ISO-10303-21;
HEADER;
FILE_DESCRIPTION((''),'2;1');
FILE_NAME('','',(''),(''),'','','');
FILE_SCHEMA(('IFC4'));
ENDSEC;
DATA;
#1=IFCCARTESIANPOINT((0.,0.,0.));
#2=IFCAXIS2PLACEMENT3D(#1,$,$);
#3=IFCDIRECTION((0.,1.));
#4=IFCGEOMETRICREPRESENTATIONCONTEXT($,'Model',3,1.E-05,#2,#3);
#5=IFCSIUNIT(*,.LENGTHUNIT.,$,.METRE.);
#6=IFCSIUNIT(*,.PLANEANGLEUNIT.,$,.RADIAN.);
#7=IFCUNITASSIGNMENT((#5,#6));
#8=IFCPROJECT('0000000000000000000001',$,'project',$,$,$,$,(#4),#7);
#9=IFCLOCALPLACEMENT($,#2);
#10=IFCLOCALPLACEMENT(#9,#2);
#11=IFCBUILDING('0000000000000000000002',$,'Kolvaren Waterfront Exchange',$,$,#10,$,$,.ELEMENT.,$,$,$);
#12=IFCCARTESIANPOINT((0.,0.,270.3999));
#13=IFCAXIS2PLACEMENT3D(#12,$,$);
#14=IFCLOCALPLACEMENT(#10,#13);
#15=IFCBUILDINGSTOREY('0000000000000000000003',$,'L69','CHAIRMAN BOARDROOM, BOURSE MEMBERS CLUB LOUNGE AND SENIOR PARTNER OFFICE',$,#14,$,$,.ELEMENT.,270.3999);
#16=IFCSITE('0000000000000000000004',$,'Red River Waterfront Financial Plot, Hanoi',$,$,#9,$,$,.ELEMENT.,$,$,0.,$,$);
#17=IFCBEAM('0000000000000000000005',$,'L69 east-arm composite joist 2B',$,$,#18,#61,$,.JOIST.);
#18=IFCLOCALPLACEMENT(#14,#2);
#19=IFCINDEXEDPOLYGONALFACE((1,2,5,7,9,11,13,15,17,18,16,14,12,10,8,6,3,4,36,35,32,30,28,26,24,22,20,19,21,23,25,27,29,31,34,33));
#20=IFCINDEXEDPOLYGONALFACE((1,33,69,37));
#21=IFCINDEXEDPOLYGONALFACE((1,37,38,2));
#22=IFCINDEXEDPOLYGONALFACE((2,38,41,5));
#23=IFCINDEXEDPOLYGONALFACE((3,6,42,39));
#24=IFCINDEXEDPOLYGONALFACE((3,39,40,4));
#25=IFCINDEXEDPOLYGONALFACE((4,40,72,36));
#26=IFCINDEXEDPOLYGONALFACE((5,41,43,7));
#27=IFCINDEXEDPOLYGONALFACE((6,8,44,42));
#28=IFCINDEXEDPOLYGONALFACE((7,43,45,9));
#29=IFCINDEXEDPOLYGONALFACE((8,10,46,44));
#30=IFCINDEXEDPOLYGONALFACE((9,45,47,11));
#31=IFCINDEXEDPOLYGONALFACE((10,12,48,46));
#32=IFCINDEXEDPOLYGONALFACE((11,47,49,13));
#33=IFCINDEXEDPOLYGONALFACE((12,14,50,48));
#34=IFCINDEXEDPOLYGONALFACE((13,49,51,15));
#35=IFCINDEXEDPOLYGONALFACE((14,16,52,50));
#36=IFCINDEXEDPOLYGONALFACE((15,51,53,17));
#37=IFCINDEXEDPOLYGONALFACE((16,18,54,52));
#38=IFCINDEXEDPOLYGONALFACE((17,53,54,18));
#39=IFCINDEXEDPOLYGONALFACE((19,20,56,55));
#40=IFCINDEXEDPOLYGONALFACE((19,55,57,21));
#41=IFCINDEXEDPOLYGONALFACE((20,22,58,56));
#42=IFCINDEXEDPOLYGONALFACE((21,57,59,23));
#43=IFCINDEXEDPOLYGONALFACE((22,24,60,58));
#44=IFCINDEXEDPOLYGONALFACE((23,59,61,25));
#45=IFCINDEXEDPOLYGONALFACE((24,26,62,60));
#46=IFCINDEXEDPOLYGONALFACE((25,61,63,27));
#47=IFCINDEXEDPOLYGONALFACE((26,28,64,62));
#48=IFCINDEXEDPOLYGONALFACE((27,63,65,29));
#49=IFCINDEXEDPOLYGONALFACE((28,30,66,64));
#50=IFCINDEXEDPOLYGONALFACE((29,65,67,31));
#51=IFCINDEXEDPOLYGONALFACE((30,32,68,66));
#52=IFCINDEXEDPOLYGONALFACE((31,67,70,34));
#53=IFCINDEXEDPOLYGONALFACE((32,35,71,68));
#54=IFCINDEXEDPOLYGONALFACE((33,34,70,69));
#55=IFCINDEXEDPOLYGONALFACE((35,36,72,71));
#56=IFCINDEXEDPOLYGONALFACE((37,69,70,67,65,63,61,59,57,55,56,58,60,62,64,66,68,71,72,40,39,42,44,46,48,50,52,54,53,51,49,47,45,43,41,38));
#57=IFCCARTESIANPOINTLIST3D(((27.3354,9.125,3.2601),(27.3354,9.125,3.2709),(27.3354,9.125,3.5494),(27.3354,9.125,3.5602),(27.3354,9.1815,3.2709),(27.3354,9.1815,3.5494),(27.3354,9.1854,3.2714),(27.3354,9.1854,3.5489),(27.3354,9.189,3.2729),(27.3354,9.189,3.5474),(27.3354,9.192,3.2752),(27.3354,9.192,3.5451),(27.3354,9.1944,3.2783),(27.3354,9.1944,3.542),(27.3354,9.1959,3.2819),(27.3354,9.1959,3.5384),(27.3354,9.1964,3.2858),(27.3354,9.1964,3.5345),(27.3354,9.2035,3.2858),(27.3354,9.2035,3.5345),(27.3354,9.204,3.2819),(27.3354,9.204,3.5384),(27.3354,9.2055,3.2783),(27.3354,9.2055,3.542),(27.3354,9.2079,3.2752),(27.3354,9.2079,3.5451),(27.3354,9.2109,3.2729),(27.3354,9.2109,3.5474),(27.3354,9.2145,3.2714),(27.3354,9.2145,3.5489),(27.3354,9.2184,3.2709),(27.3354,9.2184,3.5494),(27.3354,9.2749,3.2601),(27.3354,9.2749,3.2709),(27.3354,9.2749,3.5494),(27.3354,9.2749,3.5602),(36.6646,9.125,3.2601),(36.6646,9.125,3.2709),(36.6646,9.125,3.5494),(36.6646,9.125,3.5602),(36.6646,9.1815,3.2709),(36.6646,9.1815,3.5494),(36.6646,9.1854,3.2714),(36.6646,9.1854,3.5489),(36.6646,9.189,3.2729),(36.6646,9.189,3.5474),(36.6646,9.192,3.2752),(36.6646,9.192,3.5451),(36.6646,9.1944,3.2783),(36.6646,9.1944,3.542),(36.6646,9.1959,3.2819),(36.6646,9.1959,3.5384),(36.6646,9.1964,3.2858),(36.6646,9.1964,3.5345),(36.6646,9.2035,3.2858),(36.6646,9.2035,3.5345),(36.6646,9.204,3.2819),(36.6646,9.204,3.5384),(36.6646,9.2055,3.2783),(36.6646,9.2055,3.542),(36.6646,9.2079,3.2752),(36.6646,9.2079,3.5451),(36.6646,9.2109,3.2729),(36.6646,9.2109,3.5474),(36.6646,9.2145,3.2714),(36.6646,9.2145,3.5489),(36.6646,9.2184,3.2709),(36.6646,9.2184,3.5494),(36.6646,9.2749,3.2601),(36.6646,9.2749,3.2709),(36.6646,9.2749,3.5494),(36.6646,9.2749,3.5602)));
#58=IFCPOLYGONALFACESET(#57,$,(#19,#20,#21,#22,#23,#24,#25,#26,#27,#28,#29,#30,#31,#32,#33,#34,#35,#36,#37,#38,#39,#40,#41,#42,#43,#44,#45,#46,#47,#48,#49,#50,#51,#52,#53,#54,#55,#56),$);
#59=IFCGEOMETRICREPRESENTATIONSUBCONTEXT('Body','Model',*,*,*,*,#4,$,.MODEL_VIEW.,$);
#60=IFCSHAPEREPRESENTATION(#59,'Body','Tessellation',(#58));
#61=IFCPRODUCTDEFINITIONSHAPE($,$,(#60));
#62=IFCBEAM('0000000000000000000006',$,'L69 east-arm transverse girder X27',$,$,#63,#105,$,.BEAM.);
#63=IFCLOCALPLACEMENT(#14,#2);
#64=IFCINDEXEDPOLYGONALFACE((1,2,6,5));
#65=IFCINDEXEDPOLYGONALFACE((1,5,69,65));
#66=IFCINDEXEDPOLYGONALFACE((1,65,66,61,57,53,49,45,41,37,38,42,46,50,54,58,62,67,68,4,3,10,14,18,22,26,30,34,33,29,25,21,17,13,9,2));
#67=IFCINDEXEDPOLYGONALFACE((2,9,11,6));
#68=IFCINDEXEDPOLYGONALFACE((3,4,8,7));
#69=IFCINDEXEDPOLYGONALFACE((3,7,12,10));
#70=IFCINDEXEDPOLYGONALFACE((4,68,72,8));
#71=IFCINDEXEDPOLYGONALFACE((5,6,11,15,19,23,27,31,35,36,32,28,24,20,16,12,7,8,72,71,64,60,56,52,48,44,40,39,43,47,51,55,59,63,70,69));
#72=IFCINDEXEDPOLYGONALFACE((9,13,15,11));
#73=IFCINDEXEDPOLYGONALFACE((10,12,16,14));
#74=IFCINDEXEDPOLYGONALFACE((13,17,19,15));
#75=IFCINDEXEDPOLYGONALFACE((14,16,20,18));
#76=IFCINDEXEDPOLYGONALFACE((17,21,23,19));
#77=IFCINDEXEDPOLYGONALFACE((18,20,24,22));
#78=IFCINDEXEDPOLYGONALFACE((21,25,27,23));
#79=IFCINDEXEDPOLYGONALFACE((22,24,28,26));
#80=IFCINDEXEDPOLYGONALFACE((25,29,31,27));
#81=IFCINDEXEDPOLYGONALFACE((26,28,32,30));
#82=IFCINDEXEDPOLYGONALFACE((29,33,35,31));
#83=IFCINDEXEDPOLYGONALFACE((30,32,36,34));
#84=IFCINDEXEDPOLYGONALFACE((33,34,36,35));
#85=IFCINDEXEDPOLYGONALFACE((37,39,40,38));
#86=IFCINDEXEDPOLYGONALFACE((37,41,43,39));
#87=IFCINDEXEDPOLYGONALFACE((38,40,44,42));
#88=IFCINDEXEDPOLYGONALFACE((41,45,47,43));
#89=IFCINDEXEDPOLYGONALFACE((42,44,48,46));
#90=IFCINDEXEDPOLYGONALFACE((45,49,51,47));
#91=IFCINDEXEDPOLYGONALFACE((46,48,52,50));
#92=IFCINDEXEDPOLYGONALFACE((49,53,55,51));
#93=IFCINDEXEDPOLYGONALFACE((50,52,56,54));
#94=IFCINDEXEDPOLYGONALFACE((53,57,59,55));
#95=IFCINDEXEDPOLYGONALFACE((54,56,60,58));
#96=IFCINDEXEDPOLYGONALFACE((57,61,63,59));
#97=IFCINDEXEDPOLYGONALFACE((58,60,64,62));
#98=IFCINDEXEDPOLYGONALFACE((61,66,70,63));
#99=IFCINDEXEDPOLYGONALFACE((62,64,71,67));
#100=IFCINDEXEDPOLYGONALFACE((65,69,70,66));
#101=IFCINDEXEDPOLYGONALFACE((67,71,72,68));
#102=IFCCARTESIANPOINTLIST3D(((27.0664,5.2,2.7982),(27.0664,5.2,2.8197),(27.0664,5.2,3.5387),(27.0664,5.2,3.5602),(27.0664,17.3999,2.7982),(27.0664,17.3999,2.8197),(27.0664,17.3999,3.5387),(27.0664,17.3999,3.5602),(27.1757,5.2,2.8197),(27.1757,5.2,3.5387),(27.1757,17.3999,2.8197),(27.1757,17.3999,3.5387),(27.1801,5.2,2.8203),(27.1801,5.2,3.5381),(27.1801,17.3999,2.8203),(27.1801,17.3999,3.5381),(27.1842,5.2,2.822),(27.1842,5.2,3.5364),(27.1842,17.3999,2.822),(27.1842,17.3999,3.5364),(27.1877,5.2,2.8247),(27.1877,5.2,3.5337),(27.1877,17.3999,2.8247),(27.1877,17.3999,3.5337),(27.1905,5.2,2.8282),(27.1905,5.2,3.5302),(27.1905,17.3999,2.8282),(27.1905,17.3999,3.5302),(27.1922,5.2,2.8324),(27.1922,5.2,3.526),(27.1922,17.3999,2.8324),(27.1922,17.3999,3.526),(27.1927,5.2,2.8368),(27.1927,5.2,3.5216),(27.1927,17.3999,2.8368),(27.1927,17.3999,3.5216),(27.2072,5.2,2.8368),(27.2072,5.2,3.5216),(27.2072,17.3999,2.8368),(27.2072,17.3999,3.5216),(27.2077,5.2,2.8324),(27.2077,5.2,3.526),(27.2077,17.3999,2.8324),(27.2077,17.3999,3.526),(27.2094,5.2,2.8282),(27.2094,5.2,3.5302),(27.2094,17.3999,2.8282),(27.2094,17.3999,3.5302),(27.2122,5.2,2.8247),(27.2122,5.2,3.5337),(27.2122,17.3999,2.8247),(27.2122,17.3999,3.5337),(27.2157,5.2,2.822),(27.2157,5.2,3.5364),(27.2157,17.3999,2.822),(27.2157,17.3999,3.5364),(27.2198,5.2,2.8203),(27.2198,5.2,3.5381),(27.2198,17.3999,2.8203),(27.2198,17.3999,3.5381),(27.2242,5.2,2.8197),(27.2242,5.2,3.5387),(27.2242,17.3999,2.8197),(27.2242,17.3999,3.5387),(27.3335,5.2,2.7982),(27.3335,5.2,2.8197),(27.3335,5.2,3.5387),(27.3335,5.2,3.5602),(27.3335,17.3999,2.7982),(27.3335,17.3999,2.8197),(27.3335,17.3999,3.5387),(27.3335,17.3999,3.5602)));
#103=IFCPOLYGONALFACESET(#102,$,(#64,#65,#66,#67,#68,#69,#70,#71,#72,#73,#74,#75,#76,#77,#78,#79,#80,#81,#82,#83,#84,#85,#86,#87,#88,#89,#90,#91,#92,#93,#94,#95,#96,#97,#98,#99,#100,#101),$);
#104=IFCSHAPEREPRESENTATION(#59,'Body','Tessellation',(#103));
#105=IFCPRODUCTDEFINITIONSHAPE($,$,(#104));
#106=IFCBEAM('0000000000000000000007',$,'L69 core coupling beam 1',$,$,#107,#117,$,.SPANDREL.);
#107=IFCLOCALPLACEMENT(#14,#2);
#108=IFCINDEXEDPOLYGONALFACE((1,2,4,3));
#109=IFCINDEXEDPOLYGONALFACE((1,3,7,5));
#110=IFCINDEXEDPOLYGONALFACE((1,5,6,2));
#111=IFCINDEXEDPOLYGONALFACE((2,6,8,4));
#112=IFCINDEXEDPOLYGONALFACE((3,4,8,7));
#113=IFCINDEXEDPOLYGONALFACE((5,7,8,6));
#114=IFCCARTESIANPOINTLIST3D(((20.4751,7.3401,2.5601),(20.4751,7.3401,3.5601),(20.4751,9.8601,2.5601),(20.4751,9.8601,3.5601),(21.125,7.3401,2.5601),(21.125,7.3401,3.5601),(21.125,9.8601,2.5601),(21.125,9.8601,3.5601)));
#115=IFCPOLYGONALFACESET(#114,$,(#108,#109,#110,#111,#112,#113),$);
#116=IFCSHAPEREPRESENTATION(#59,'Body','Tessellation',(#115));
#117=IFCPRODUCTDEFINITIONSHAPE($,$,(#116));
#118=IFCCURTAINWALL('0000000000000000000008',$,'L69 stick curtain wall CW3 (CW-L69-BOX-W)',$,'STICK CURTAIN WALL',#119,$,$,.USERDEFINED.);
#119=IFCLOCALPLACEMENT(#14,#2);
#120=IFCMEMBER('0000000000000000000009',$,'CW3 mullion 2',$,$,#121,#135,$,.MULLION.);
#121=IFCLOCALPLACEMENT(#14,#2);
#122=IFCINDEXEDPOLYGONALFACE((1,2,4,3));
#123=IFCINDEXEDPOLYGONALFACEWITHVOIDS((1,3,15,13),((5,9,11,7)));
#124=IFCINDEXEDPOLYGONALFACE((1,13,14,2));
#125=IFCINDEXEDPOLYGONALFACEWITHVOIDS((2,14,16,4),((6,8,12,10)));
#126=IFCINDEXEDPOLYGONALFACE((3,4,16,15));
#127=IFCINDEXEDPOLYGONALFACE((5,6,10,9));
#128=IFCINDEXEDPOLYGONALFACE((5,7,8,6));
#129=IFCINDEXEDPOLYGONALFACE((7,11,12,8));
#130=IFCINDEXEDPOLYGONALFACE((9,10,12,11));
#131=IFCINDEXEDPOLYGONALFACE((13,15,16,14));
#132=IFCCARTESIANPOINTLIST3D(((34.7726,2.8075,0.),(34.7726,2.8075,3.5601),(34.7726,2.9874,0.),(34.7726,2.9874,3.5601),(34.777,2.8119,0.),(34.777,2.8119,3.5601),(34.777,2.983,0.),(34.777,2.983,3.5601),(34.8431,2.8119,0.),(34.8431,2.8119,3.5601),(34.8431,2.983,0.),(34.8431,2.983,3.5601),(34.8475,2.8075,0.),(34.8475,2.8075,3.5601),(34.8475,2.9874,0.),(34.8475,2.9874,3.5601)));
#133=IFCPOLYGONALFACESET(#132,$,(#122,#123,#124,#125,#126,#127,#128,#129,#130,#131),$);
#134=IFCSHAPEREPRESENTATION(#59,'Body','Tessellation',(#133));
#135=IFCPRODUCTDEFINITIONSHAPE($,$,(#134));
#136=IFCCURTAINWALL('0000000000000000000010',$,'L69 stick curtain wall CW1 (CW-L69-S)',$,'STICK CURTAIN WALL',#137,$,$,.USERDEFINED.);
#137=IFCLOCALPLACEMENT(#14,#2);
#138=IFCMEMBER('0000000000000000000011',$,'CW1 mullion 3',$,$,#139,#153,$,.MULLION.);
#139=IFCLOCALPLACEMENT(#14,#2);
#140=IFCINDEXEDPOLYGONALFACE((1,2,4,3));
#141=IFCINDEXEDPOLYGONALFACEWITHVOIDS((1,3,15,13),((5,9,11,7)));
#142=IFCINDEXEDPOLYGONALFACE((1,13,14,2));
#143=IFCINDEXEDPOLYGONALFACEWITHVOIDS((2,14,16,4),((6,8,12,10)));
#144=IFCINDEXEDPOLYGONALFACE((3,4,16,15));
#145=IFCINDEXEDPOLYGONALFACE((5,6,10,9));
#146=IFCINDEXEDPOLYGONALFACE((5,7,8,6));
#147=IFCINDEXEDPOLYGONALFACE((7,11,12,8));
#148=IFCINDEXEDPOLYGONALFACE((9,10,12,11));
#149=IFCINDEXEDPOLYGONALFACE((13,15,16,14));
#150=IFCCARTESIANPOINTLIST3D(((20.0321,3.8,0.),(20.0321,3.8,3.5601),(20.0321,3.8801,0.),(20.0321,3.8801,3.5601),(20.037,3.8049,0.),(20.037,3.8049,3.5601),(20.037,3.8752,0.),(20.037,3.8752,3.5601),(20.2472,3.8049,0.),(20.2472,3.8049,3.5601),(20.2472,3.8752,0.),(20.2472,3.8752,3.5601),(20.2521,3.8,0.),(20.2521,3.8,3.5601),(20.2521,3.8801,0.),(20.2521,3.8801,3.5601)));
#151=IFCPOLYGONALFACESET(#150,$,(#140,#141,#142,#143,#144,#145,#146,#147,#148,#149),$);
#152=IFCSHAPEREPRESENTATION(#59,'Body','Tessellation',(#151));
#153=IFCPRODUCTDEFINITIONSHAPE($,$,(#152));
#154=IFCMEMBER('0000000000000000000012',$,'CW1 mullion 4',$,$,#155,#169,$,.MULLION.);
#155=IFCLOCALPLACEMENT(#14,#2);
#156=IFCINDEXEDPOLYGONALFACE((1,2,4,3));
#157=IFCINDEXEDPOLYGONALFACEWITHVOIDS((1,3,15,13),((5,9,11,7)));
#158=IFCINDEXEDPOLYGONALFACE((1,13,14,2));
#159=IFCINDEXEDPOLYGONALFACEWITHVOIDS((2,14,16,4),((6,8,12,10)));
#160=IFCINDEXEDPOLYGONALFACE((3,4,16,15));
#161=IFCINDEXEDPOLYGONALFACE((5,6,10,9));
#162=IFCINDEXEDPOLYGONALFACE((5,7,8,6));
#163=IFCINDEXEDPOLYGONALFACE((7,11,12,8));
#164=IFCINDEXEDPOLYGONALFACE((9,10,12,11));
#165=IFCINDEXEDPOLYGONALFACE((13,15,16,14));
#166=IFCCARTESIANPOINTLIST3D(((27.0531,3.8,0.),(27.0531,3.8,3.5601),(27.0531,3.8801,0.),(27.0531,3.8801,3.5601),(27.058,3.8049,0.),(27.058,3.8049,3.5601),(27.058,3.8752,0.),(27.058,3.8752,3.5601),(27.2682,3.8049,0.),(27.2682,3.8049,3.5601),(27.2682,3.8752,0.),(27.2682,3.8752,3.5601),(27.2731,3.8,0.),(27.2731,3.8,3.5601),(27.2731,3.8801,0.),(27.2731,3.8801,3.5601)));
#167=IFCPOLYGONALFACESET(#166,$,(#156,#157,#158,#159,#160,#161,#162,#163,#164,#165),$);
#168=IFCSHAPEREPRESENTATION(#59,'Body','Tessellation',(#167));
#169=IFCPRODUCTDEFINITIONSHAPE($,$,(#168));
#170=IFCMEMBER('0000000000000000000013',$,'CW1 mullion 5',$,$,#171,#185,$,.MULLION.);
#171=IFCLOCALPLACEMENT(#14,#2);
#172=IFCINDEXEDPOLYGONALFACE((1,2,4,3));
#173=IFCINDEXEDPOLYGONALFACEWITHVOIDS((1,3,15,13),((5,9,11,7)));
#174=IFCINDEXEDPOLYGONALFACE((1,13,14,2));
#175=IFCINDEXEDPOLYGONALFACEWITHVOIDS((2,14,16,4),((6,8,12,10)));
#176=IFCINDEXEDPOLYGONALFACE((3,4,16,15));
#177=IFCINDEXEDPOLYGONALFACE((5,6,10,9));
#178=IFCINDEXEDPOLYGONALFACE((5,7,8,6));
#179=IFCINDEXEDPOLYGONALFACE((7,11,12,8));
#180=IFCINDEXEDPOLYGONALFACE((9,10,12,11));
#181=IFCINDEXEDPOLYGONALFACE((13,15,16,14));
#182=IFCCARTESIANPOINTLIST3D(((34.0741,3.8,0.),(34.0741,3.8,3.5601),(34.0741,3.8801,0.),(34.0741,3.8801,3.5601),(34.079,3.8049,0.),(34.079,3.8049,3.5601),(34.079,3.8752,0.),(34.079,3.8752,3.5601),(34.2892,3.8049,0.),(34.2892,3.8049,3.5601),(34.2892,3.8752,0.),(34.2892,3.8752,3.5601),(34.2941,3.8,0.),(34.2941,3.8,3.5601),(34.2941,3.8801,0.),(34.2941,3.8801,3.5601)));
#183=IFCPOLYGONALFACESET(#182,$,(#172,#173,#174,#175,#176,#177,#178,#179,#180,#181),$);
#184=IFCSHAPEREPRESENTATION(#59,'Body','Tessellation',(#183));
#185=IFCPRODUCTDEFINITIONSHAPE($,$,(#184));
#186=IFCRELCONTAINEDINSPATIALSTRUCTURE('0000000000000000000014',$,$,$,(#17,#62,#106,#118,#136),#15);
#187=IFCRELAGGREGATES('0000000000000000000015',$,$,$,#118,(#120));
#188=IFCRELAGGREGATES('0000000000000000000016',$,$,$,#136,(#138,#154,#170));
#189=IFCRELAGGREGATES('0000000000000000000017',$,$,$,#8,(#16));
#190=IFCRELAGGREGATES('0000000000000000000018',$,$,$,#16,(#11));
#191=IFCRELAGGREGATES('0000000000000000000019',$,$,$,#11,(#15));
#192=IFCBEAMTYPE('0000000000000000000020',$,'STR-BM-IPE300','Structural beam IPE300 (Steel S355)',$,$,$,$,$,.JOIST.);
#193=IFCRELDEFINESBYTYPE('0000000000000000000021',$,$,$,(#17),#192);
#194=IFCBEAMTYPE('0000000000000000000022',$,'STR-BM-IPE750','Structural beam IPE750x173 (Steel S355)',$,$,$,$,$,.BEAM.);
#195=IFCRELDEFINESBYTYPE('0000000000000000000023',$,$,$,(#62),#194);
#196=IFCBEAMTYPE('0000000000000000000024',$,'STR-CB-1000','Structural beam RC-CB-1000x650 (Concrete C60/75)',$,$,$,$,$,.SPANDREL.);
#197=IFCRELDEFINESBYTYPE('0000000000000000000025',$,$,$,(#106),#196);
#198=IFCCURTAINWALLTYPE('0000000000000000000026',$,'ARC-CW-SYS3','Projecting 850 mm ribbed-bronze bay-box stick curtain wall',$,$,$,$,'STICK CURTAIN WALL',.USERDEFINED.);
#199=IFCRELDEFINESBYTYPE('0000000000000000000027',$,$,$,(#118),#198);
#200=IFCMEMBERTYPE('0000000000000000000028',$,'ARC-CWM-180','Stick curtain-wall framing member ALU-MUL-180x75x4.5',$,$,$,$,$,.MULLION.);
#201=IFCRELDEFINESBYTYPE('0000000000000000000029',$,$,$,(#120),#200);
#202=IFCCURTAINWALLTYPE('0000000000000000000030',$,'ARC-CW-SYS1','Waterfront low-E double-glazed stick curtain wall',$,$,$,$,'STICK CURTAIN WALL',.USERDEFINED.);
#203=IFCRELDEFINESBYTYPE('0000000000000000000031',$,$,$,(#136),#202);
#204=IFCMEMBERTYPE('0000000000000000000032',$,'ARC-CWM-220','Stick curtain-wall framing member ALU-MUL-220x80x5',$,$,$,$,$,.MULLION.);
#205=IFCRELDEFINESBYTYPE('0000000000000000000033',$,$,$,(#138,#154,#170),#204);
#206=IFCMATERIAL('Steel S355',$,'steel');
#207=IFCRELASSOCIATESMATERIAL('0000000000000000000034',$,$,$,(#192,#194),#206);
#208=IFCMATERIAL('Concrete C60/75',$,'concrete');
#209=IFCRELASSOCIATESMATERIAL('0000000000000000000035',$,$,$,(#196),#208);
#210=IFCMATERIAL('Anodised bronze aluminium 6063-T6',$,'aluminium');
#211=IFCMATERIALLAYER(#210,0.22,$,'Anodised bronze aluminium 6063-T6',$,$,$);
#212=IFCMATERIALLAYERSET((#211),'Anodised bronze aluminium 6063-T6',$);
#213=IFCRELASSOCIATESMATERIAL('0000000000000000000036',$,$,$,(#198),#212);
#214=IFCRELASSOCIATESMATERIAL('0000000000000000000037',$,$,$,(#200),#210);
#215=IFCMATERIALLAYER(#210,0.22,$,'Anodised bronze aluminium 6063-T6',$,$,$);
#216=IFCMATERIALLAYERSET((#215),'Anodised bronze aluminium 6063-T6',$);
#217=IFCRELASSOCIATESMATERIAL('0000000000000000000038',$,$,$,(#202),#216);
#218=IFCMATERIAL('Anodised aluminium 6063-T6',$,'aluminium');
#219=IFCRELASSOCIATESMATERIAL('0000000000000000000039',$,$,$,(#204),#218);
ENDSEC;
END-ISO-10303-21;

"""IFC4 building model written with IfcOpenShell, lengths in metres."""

from ifc_helpers import new_model, si_unit, direction, frame, origin, origin_with_axes, origin_2d, place, context, subcontext, project, spatial, rectangle, hollow_rectangle, i_section, extrude, source, transform, mapped, material, layer, layer_set, material_profile, profile_set, type_object, element, aggregate, save


model = new_model("IFC4")

# Units and contexts
model_context = context("Model", 3, precision=1e-05, world=origin(), true_north=direction((0.0, 1.0)))
body_context = subcontext(model_context, "Body", "Model", "MODEL_VIEW")
ifc_project = project(units=[si_unit("LENGTHUNIT", "METRE"), si_unit("PLANEANGLEUNIT", "RADIAN")], contexts=[model_context])

# Site, building, storey
site_placement = place(None, origin())
site = spatial("IfcSite", under=ifc_project, at=site_placement, Name="Red River Waterfront Financial Plot, Hanoi", CompositionType="ELEMENT", RefElevation=0.0)
building_placement = place(site_placement, origin())
building = spatial("IfcBuilding", under=site, at=building_placement, Name="Kolvaren Waterfront Exchange", CompositionType="ELEMENT")
storey_placement = place(building_placement, frame((0.0, 0.0, 270.3999)))
storey = spatial("IfcBuildingStorey", under=building, at=storey_placement, Name="L69", Description="CHAIRMAN BOARDROOM, BOURSE MEMBERS CLUB LOUNGE AND SENIOR PARTNER OFFICE", CompositionType="ELEMENT", Elevation=270.3999)

# Beams
ifc_material_1 = material(Name="Steel S355", Category="steel")
ifc_material_profile_1 = material_profile(ifc_material_1, i_section(OverallWidth=0.1499, OverallDepth=0.3, WebThickness=0.0071, FlangeThickness=0.0107, FilletRadius=0.0149, at=origin_2d()), Name="IPE300")
ifc_profile_set_1 = profile_set([ifc_material_profile_1], Name="Steel S355")
beam_type_1 = type_object("IfcBeamType", Name="STR-BM-IPE300", Description="Structural beam IPE300 (Steel S355)", PredefinedType="JOIST", material=ifc_profile_set_1)
beam_1_placement = place(storey_placement, frame((27.3354, 9.2, 3.4102), z_axis=(1.0, 0.0, 0.0), x_axis=(0.0, 1.0, 0.0)))
element("IfcBeam", 1, at=beam_1_placement, inside=storey, type_object=beam_type_1, Name="L69 east-arm composite joist 2B", PredefinedType="JOIST", context=body_context, shape_type="SweptSolid", body=[
    extrude(i_section(OverallWidth=0.1499, OverallDepth=0.3, WebThickness=0.0071, FlangeThickness=0.0107, FilletRadius=0.0149, at=origin_2d()), origin(), (0.0, 0.0, 1.0), 9.3291),
])
ifc_material_profile_2 = material_profile(ifc_material_1, i_section(OverallWidth=0.2671, OverallDepth=0.762, WebThickness=0.0144, FlangeThickness=0.0215, FilletRadius=0.0171, at=origin_2d()), Name="IPE750x173")
ifc_profile_set_2 = profile_set([ifc_material_profile_2], Name="Steel S355")
beam_type_2 = type_object("IfcBeamType", Name="STR-BM-IPE750", Description="Structural beam IPE750x173 (Steel S355)", PredefinedType="BEAM", material=ifc_profile_set_2)
beam_2_placement = place(storey_placement, frame((27.2, 5.2, 3.1792), z_axis=(0.0, 1.0, 0.0), x_axis=(-1.0, 0.0, 0.0)))
element("IfcBeam", 2, at=beam_2_placement, inside=storey, type_object=beam_type_2, Name="L69 east-arm transverse girder X27", PredefinedType="BEAM", context=body_context, shape_type="SweptSolid", body=[
    extrude(i_section(OverallWidth=0.2671, OverallDepth=0.762, WebThickness=0.0144, FlangeThickness=0.0215, FilletRadius=0.0171, at=origin_2d()), origin(), (0.0, 0.0, 1.0), 12.2),
])
ifc_material_2 = material(Name="Concrete C60/75", Category="concrete")
ifc_material_profile_3 = material_profile(ifc_material_2, rectangle(XDim=0.6499, YDim=1.0, at=origin_2d()), Name="RC-CB-1000x650")
ifc_profile_set_3 = profile_set([ifc_material_profile_3], Name="Concrete C60/75")
beam_type_3 = type_object("IfcBeamType", Name="STR-CB-1000", Description="Structural beam RC-CB-1000x650 (Concrete C60/75)", PredefinedType="SPANDREL", material=ifc_profile_set_3)
beam_3_placement = place(storey_placement, frame((20.8, 7.3401, 3.0601), z_axis=(0.0, 1.0, 0.0), x_axis=(-1.0, 0.0, 0.0)))
element("IfcBeam", 3, at=beam_3_placement, inside=storey, type_object=beam_type_3, Name="L69 core coupling beam 1", PredefinedType="SPANDREL", context=body_context, shape_type="SweptSolid", body=[
    extrude(rectangle(XDim=0.6499, YDim=1.0, at=origin_2d()), origin(), (0.0, 0.0, 1.0), 2.52),
])

# Curtain wall, member
ifc_material_3 = material(Name="Anodised bronze aluminium 6063-T6", Category="aluminium")
ifc_layer_1 = layer(ifc_material_3, 0.22, Name="Anodised bronze aluminium 6063-T6")
ifc_layer_set_1 = layer_set([ifc_layer_1], Name="Anodised bronze aluminium 6063-T6")
curtain_wall_type_1 = type_object("IfcCurtainWallType", Name="ARC-CW-SYS3", Description="Projecting 850 mm ribbed-bronze bay-box stick curtain wall", ElementType="STICK CURTAIN WALL", PredefinedType="USERDEFINED", material=ifc_layer_set_1)
curtain_wall_1_placement = place(storey_placement, origin())
curtain_wall_1 = element("IfcCurtainWall", 4, at=curtain_wall_1_placement, inside=storey, type_object=curtain_wall_type_1, Name="L69 stick curtain wall CW3 (CW-L69-BOX-W)", ObjectType="STICK CURTAIN WALL", PredefinedType="USERDEFINED")
ifc_material_profile_4 = material_profile(ifc_material_3, hollow_rectangle(XDim=0.075, YDim=0.1799, WallThickness=0.0044, at=origin_2d()), Name="ALU-MUL-180x75x4.5")
ifc_profile_set_4 = profile_set([ifc_material_profile_4], Name="Anodised bronze aluminium 6063-T6")
member_type_1 = type_object("IfcMemberType", Name="ARC-CWM-180", Description="Stick curtain-wall framing member ALU-MUL-180x75x4.5", PredefinedType="MULLION", material=ifc_profile_set_4)
shared_shape_1 = source(origin_with_axes(), body_context, "Body", "SweptSolid", [
    extrude(hollow_rectangle(XDim=0.075, YDim=0.1799, WallThickness=0.0044, at=origin_2d()), origin(), (0.0, 0.0, 1.0), 3.5601),
])
member_1_placement = place(storey_placement, frame((34.8101, 2.8975, 0.0), z_axis=(0.0, 0.0, 1.0), x_axis=(1.0, 0.0, 0.0)))
member_1 = element("IfcMember", 5, at=member_1_placement, type_object=member_type_1, Name="CW3 mullion 2", PredefinedType="MULLION", context=body_context, shape_type="MappedRepresentation", body=[
    mapped(shared_shape_1, transform((0.0, 0.0, 0.0), x_axis=(1.0, 0.0, 0.0), y_axis=(0.0, 1.0, 0.0), z_axis=(0.0, 0.0, 1.0), scale=1.0)),
])
aggregate(curtain_wall_1, [member_1])

# Curtain wall, members
ifc_layer_2 = layer(ifc_material_3, 0.22, Name="Anodised bronze aluminium 6063-T6")
ifc_layer_set_2 = layer_set([ifc_layer_2], Name="Anodised bronze aluminium 6063-T6")
curtain_wall_type_2 = type_object("IfcCurtainWallType", Name="ARC-CW-SYS1", Description="Waterfront low-E double-glazed stick curtain wall", ElementType="STICK CURTAIN WALL", PredefinedType="USERDEFINED", material=ifc_layer_set_2)
curtain_wall_2_placement = place(storey_placement, origin())
curtain_wall_2 = element("IfcCurtainWall", 6, at=curtain_wall_2_placement, inside=storey, type_object=curtain_wall_type_2, Name="L69 stick curtain wall CW1 (CW-L69-S)", ObjectType="STICK CURTAIN WALL", PredefinedType="USERDEFINED")
ifc_material_4 = material(Name="Anodised aluminium 6063-T6", Category="aluminium")
ifc_material_profile_5 = material_profile(ifc_material_4, hollow_rectangle(XDim=0.0801, YDim=0.22, WallThickness=0.0049, at=origin_2d()), Name="ALU-MUL-220x80x5")
ifc_profile_set_5 = profile_set([ifc_material_profile_5], Name="Anodised aluminium 6063-T6")
member_type_2 = type_object("IfcMemberType", Name="ARC-CWM-220", Description="Stick curtain-wall framing member ALU-MUL-220x80x5", PredefinedType="MULLION", material=ifc_profile_set_5)
shared_shape_2 = source(origin_with_axes(), body_context, "Body", "SweptSolid", [
    extrude(hollow_rectangle(XDim=0.0801, YDim=0.22, WallThickness=0.0049, at=origin_2d()), origin(), (0.0, 0.0, 1.0), 3.5601),
])
member_2_placement = place(storey_placement, frame((20.1421, 3.8401, 0.0), z_axis=(0.0, 0.0, 1.0), x_axis=(0.0, 1.0, 0.0)))
member_2 = element("IfcMember", 7, at=member_2_placement, type_object=member_type_2, Name="CW1 mullion 3", PredefinedType="MULLION", context=body_context, shape_type="MappedRepresentation", body=[
    mapped(shared_shape_2, transform((0.0, 0.0, 0.0), x_axis=(1.0, 0.0, 0.0), y_axis=(0.0, 1.0, 0.0), z_axis=(0.0, 0.0, 1.0), scale=1.0)),
])
member_3_placement = place(storey_placement, frame((27.1631, 3.8401, 0.0), z_axis=(0.0, 0.0, 1.0), x_axis=(0.0, 1.0, 0.0)))
member_3 = element("IfcMember", 8, at=member_3_placement, type_object=member_type_2, Name="CW1 mullion 4", PredefinedType="MULLION", context=body_context, shape_type="MappedRepresentation", body=[
    mapped(shared_shape_2, transform((0.0, 0.0, 0.0), x_axis=(1.0, 0.0, 0.0), y_axis=(0.0, 1.0, 0.0), z_axis=(0.0, 0.0, 1.0), scale=1.0)),
])
member_4_placement = place(storey_placement, frame((34.1841, 3.8401, 0.0), z_axis=(0.0, 0.0, 1.0), x_axis=(0.0, 1.0, 0.0)))
member_4 = element("IfcMember", 9, at=member_4_placement, type_object=member_type_2, Name="CW1 mullion 5", PredefinedType="MULLION", context=body_context, shape_type="MappedRepresentation", body=[
    mapped(shared_shape_2, transform((0.0, 0.0, 0.0), x_axis=(1.0, 0.0, 0.0), y_axis=(0.0, 1.0, 0.0), z_axis=(0.0, 0.0, 1.0), scale=1.0)),
])
aggregate(curtain_wall_2, [member_2, member_3, member_4])

save(model, "model.ifc")
